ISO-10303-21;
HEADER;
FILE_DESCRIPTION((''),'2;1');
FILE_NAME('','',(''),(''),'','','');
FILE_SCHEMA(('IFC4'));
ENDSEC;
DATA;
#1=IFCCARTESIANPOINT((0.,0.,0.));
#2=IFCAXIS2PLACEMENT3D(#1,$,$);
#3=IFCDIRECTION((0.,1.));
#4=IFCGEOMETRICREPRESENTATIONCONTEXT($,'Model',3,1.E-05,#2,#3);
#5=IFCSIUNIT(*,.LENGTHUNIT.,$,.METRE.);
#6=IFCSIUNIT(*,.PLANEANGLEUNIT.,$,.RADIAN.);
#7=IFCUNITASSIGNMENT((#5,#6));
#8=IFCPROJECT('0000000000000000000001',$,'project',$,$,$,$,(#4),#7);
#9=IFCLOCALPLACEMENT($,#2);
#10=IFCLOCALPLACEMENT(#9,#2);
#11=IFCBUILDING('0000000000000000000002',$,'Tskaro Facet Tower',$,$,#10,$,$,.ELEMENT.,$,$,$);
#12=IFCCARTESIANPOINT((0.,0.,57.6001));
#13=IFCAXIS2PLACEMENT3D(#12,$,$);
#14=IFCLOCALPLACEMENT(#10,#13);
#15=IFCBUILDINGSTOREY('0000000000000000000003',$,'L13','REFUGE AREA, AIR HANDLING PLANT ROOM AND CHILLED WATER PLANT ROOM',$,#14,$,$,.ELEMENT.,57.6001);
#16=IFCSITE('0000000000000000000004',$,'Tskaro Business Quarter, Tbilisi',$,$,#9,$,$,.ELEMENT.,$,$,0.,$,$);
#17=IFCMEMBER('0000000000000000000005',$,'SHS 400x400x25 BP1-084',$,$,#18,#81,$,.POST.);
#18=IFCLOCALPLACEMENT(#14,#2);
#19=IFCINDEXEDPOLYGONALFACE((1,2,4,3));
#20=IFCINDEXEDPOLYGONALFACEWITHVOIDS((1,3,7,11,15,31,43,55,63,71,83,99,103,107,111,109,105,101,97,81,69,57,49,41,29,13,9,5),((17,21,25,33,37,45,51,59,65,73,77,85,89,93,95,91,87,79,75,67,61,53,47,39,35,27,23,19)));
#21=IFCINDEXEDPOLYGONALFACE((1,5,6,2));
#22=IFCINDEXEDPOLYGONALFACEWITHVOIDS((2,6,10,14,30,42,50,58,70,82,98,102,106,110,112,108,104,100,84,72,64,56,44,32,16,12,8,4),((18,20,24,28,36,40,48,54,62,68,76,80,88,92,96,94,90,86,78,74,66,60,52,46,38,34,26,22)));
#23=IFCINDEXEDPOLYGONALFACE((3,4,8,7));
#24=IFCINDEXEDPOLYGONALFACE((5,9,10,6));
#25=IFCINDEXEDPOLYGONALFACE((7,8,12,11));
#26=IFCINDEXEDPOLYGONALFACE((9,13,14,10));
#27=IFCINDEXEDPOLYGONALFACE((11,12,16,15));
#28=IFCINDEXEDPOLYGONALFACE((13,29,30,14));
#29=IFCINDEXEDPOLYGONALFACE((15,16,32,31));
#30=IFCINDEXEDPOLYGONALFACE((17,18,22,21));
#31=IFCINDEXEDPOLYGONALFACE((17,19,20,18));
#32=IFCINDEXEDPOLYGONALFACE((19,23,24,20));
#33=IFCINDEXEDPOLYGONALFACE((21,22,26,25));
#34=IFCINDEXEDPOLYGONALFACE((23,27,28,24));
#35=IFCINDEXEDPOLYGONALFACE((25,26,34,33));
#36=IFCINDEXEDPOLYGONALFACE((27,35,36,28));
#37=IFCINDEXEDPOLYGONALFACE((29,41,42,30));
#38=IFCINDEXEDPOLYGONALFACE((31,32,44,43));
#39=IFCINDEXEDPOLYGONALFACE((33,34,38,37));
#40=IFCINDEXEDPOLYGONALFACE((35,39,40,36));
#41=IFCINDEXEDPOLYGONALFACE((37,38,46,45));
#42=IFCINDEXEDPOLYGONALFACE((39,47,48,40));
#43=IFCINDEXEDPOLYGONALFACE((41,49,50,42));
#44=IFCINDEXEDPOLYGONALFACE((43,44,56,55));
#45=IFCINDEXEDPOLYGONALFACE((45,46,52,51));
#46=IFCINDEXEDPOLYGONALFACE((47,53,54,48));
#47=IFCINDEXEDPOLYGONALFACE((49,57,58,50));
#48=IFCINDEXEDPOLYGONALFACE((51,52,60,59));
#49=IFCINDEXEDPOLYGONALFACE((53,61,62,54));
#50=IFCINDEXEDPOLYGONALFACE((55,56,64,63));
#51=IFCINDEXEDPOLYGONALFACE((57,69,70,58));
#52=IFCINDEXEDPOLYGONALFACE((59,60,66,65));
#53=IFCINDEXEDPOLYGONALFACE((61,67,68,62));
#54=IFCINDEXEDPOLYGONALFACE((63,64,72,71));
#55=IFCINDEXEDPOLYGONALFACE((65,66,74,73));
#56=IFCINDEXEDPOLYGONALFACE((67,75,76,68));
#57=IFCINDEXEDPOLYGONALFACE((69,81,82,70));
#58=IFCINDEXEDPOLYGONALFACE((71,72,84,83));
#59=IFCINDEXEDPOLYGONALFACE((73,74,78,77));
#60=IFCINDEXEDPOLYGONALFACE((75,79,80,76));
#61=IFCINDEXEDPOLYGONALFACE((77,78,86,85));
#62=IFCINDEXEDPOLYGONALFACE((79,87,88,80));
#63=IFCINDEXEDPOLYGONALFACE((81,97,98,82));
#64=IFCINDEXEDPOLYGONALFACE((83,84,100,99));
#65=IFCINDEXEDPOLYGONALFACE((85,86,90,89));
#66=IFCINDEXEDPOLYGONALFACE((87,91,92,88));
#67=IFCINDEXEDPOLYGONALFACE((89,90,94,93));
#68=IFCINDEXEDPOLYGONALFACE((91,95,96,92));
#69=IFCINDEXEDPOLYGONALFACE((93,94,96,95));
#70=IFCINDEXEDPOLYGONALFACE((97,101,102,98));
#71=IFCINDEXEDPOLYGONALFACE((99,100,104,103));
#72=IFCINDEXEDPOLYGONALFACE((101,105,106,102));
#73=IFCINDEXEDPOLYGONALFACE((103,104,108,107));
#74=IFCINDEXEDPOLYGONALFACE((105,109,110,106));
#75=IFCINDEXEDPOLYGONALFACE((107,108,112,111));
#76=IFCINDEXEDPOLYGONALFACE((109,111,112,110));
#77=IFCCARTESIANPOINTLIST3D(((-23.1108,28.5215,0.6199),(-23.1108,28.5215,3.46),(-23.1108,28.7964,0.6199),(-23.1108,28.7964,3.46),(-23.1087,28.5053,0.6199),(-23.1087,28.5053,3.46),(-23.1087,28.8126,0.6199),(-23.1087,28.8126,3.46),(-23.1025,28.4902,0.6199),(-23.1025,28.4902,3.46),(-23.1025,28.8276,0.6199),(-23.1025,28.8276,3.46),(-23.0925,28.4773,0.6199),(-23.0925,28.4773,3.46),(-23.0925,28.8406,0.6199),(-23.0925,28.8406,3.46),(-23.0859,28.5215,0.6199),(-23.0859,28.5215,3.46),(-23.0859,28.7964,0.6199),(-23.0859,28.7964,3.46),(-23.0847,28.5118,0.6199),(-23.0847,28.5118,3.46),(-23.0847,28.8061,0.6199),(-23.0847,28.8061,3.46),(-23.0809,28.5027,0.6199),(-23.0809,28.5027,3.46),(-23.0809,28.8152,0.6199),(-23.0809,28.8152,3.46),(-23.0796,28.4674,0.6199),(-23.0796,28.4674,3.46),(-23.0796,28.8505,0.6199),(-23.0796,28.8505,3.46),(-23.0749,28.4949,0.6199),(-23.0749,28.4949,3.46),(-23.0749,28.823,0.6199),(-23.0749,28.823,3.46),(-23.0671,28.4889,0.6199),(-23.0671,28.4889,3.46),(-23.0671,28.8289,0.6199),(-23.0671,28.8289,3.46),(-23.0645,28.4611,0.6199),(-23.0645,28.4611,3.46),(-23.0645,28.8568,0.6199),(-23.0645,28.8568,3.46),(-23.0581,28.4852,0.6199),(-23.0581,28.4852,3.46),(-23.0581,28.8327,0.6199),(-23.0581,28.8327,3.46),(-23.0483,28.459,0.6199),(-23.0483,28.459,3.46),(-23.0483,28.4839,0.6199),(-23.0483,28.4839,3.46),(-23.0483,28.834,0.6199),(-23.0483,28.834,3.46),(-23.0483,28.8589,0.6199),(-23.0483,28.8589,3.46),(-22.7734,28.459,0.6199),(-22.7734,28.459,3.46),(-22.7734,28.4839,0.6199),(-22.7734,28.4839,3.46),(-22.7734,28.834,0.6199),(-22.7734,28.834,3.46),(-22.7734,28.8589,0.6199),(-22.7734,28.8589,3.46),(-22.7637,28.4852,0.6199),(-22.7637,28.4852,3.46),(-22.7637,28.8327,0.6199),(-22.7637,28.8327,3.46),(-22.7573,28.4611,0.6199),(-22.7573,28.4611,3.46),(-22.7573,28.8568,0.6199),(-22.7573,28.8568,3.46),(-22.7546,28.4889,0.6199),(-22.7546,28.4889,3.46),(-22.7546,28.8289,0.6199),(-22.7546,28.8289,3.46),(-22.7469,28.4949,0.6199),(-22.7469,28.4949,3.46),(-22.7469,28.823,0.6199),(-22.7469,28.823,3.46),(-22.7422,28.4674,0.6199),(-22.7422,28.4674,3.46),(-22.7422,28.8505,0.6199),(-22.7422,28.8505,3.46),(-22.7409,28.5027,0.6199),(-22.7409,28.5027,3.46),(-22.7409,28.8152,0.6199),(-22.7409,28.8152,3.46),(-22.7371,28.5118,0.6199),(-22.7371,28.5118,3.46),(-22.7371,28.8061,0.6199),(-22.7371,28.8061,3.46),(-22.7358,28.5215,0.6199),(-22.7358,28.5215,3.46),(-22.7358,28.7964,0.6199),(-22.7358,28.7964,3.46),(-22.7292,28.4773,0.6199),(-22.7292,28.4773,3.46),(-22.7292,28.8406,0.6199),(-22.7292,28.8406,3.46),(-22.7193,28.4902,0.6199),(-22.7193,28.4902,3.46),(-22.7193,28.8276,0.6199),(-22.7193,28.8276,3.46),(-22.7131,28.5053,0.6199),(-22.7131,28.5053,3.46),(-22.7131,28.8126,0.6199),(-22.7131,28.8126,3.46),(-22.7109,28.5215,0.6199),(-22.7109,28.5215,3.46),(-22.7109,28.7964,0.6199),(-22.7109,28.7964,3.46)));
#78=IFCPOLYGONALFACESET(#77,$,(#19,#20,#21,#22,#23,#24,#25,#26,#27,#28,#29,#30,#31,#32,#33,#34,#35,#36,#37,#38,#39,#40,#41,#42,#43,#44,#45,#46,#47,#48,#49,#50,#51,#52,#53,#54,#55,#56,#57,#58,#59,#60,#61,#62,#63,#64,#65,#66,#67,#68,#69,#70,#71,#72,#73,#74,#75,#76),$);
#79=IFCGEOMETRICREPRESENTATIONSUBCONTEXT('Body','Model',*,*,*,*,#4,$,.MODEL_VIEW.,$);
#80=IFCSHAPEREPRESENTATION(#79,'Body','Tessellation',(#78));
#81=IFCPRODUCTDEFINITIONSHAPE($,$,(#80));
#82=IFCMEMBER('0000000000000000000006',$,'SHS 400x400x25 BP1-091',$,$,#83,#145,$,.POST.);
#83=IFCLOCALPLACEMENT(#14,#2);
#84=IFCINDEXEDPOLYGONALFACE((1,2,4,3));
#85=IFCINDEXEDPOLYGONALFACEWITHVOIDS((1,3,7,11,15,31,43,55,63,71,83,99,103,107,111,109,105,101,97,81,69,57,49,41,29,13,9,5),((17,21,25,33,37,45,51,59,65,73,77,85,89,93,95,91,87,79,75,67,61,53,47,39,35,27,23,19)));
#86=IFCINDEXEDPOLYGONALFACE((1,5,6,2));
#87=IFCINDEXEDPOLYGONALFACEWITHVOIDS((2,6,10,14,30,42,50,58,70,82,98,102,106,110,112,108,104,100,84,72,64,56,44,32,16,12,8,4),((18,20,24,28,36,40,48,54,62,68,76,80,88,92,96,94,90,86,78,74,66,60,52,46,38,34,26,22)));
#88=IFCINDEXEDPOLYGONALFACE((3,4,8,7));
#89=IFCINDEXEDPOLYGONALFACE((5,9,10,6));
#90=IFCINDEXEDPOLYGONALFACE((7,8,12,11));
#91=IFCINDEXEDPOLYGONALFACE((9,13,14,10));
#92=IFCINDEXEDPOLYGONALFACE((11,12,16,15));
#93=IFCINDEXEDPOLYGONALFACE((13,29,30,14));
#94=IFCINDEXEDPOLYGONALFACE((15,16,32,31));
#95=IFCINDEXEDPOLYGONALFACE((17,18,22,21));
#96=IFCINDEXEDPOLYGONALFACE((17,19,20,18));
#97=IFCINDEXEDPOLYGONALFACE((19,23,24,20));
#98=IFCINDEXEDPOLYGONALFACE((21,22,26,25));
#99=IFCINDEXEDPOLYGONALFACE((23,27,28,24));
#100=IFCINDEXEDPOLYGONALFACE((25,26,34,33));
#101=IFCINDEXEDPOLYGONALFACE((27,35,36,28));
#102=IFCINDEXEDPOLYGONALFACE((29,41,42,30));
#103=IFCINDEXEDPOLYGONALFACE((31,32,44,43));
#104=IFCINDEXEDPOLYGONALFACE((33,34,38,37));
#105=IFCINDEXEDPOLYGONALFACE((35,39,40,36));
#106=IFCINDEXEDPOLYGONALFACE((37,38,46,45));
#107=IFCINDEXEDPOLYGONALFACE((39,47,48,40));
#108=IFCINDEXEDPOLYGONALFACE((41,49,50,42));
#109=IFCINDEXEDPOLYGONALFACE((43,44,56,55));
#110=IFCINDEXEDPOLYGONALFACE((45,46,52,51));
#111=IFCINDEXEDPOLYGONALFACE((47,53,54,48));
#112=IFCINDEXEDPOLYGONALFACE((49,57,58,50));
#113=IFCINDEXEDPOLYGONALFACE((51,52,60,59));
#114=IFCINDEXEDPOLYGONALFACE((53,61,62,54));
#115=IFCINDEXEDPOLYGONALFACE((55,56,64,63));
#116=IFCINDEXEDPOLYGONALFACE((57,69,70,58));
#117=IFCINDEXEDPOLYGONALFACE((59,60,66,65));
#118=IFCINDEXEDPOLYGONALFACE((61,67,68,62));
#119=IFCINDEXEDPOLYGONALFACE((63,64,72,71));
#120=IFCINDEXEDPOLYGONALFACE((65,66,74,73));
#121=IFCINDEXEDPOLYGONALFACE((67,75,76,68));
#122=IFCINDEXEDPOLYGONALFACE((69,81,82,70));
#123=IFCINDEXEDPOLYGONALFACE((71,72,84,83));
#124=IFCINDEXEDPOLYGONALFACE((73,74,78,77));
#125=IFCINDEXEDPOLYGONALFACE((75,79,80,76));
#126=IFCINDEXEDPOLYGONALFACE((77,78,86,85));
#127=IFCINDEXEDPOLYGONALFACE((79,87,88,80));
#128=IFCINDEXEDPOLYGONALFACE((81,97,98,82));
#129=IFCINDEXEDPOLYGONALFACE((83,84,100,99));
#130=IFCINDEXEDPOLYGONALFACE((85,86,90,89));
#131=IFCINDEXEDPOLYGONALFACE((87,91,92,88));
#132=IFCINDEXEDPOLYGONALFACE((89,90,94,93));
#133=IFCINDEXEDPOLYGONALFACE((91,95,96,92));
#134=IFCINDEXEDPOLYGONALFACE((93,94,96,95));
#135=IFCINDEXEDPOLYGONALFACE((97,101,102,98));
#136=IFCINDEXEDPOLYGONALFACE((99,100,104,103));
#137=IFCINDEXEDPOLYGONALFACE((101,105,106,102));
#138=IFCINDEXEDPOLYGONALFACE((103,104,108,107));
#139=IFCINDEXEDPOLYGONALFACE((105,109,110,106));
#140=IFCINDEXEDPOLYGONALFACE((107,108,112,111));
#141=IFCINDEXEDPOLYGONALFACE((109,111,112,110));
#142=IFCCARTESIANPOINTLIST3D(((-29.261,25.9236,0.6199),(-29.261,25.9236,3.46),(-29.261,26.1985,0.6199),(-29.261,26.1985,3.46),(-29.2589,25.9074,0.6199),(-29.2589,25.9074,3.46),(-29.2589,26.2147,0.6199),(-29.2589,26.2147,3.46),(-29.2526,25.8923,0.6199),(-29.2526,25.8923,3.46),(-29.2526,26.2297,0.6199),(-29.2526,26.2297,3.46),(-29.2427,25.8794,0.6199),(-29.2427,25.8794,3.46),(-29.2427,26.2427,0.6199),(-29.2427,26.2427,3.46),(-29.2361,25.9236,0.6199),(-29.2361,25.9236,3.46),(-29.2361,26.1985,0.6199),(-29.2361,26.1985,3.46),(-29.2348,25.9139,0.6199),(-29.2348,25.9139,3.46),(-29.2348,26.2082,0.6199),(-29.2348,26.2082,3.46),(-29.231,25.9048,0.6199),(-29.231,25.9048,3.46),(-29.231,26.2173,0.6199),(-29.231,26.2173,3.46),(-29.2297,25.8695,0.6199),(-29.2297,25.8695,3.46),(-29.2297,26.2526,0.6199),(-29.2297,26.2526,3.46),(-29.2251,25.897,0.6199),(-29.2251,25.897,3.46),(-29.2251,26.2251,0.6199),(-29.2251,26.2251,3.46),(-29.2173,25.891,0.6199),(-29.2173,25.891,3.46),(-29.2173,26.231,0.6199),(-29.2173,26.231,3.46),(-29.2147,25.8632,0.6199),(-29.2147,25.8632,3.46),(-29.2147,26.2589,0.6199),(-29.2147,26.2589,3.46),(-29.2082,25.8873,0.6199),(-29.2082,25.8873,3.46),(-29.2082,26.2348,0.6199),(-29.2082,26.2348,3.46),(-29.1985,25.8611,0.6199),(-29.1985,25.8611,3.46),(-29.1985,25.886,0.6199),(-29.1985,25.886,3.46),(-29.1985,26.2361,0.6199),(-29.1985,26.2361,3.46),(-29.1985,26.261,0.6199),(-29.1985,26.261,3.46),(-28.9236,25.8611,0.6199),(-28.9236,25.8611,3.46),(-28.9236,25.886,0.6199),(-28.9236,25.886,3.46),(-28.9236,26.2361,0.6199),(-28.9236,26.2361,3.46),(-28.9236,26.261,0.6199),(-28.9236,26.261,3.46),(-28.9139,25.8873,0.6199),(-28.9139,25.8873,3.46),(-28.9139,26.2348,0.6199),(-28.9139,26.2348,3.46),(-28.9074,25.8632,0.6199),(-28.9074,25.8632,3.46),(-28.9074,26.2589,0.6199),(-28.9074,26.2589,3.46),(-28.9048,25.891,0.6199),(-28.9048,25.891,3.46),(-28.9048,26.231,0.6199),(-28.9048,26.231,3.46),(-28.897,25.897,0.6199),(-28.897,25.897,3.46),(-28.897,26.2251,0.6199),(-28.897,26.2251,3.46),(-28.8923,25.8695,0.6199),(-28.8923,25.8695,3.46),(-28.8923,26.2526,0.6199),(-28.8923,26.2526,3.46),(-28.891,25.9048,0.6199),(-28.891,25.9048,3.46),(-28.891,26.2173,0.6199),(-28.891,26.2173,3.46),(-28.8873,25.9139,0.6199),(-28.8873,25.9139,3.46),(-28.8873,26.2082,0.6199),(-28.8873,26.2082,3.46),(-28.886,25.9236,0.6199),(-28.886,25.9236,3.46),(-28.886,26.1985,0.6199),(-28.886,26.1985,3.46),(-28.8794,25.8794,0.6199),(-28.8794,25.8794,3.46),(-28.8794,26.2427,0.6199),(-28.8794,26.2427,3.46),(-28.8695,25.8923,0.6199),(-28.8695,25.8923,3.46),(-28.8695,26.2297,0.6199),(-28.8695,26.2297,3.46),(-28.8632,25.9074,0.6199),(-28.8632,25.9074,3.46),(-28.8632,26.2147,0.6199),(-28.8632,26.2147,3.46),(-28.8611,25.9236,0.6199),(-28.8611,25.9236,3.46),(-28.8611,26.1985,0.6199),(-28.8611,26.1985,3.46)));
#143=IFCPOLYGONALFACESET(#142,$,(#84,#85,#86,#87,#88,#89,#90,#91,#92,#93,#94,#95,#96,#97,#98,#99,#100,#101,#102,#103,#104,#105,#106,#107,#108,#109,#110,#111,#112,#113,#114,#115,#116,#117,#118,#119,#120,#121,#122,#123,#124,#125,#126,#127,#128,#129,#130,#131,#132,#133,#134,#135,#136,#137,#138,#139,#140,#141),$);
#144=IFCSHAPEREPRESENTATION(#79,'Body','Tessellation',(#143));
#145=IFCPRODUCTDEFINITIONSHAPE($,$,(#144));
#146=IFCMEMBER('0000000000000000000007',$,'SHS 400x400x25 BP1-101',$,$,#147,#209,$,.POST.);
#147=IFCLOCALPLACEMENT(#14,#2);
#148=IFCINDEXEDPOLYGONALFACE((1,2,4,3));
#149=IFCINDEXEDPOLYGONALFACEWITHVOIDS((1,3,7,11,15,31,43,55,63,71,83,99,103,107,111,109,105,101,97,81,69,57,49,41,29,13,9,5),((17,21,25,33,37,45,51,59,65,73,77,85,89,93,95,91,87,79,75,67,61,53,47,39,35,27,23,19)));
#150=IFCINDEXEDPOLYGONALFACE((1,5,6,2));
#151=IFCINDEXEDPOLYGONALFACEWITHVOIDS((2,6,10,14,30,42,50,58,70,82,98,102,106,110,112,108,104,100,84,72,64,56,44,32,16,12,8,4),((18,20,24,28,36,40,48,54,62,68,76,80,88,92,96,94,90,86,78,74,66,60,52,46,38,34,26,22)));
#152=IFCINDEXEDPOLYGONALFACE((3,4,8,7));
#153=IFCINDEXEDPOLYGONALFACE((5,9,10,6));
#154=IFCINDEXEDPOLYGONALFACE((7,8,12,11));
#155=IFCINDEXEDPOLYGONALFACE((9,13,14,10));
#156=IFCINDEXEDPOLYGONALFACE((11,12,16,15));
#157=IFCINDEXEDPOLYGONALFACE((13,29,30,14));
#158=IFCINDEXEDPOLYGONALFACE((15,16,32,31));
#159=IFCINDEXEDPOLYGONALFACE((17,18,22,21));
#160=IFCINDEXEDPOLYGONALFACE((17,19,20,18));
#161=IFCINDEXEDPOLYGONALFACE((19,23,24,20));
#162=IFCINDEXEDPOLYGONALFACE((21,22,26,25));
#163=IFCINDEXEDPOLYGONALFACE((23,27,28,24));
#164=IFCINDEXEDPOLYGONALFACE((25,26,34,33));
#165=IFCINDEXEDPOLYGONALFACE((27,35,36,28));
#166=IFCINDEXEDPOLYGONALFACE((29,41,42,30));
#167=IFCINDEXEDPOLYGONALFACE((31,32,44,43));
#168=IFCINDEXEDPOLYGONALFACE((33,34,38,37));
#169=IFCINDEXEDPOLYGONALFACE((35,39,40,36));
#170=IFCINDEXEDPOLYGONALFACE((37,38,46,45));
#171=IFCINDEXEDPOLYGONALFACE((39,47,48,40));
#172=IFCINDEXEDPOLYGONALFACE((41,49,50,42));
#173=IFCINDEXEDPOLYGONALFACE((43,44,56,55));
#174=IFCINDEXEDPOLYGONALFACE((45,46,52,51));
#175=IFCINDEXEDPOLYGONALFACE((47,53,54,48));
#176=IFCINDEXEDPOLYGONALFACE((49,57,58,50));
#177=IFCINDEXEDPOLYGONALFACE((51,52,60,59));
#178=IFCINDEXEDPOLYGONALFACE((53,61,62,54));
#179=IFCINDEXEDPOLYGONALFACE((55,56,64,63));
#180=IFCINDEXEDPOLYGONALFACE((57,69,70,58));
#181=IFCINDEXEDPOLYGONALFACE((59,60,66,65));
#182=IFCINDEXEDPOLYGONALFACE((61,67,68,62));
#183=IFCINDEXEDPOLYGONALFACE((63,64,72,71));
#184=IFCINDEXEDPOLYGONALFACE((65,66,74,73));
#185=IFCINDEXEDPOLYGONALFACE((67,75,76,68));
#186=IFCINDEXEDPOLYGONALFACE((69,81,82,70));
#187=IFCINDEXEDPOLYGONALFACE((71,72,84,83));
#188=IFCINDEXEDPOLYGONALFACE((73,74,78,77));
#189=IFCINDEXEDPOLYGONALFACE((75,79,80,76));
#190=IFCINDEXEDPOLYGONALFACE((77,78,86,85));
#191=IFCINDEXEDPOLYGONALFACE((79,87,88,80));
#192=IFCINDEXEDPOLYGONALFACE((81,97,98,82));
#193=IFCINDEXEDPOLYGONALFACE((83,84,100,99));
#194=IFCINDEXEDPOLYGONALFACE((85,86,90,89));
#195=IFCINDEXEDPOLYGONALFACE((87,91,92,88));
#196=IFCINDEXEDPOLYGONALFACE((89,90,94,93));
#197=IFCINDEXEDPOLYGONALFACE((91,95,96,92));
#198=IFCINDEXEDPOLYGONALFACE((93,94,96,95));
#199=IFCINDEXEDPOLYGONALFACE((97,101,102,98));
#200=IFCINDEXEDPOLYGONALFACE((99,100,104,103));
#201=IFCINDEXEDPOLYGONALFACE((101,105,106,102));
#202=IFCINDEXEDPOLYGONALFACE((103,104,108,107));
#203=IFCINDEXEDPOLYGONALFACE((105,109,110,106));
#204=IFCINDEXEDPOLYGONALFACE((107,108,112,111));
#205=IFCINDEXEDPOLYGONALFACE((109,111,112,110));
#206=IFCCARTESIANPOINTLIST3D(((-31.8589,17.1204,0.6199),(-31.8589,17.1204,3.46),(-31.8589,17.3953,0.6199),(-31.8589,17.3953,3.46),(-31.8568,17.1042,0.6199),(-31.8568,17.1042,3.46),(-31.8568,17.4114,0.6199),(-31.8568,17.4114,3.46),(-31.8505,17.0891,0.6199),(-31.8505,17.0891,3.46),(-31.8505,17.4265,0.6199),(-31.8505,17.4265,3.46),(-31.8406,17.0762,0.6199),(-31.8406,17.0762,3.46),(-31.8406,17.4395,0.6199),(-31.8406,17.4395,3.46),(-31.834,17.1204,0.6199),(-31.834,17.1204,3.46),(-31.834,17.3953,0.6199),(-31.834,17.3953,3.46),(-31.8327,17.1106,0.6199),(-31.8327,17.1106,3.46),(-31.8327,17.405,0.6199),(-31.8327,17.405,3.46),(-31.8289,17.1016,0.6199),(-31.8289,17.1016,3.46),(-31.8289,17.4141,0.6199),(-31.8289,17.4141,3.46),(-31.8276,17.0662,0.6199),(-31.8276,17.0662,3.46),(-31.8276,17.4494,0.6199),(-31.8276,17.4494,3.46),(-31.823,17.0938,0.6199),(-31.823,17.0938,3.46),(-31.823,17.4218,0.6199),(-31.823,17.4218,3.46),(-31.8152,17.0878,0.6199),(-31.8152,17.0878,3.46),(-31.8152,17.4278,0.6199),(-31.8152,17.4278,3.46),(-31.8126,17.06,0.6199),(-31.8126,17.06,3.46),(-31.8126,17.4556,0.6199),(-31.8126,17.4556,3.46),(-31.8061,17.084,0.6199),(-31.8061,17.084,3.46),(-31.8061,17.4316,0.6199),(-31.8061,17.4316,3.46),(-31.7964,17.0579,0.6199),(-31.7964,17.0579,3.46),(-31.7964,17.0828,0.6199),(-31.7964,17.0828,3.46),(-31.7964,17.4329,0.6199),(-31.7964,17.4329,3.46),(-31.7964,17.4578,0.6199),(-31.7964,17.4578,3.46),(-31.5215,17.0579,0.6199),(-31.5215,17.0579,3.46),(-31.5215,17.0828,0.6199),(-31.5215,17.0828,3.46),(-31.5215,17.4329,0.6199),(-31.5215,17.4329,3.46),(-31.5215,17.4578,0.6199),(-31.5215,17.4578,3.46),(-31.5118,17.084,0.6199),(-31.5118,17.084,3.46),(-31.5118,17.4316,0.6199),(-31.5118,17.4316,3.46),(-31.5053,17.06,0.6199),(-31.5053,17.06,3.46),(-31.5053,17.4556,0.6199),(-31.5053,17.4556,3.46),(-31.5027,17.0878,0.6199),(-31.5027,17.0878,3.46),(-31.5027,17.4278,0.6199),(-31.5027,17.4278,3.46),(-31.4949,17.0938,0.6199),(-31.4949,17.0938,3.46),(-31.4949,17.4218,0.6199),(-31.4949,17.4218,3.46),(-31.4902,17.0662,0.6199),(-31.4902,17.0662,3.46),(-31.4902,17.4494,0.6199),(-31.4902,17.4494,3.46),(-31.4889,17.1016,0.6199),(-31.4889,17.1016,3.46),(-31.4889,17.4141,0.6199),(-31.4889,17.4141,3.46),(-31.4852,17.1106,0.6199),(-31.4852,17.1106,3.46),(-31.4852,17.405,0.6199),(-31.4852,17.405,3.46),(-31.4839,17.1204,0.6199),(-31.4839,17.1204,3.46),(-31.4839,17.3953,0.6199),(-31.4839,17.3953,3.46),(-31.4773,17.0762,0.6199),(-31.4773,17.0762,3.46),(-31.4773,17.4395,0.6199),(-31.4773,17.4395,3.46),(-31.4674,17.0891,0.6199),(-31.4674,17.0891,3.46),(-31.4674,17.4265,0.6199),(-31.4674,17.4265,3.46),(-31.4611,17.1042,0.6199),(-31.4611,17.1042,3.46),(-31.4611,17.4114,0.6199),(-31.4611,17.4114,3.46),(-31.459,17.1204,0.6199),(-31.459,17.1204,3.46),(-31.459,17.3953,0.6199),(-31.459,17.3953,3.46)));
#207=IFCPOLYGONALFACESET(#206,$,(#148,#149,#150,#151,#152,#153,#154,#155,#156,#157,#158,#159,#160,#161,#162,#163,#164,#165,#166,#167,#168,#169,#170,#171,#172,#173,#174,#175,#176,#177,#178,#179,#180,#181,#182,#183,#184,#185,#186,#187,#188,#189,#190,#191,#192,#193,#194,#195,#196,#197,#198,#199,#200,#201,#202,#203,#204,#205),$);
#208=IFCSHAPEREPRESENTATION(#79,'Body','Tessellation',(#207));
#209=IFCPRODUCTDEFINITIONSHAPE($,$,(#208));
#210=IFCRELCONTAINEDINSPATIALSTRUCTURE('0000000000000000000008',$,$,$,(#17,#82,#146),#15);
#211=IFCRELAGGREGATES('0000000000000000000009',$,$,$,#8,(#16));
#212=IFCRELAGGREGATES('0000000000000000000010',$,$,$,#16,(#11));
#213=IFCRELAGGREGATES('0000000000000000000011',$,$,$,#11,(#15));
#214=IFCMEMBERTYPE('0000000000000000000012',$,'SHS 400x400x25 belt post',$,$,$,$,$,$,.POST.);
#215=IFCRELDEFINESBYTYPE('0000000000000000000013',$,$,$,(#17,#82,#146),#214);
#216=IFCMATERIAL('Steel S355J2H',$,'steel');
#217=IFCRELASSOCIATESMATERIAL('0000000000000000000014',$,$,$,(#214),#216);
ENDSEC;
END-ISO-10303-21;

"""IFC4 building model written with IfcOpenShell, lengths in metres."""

from ifc_helpers import new_model, si_unit, direction, frame, origin, origin_2d, place, context, subcontext, project, spatial, hollow_rectangle, extrude, material, material_profile, profile_set, type_object, element, save


model = new_model("IFC4")

# Units and contexts
model_context = context("Model", 3, precision=1e-05, world=origin(), true_north=direction((0.0, 1.0)))
body_context = subcontext(model_context, "Body", "Model", "MODEL_VIEW")
ifc_project = project(units=[si_unit("LENGTHUNIT", "METRE"), si_unit("PLANEANGLEUNIT", "RADIAN")], contexts=[model_context])

# Site, building, storey
site_placement = place(None, origin())
site = spatial("IfcSite", under=ifc_project, at=site_placement, Name="Tskaro Business Quarter, Tbilisi", CompositionType="ELEMENT", RefElevation=0.0)
building_placement = place(site_placement, origin())
building = spatial("IfcBuilding", under=site, at=building_placement, Name="Tskaro Facet Tower", CompositionType="ELEMENT")
storey_placement = place(building_placement, frame((0.0, 0.0, 57.6001)))
storey = spatial("IfcBuildingStorey", under=building, at=storey_placement, Name="L13", Description="REFUGE AREA, AIR HANDLING PLANT ROOM AND CHILLED WATER PLANT ROOM", CompositionType="ELEMENT", Elevation=57.6001)

# Shared definitions
ifc_material_1 = material(Name="Steel S355J2H", Category="steel")

# Members
ifc_material_profile_1 = material_profile(ifc_material_1, hollow_rectangle(XDim=0.3999, YDim=0.3999, WallThickness=0.0249, InnerFilletRadius=0.0376, OuterFilletRadius=0.0625, at=origin_2d()), Name="SHS 400x400x25")
ifc_profile_set_1 = profile_set([ifc_material_profile_1], Name="Steel S355J2H")
member_type_1 = type_object("IfcMemberType", Name="SHS 400x400x25 belt post", PredefinedType="POST", material=ifc_profile_set_1)
for number, where, z_axis, x_axis, name in (
    (1, (-22.9109, 28.6589, 0.6199), (0.0, 0.0, 1.0), (1.0, 0.0, 0.0), "SHS 400x400x25 BP1-084"),
    (2, (-29.061, 26.061, 0.6199), (0.0, 0.0, 1.0), (1.0, 0.0, 0.0), "SHS 400x400x25 BP1-091"),
    (3, (-31.6589, 17.2578, 0.6199), (0.0, 0.0, 1.0), (1.0, 0.0, 0.0), "SHS 400x400x25 BP1-101"),
):
    element("IfcMember", number, at=place(storey_placement, frame(where, z_axis=z_axis, x_axis=x_axis)), inside=storey, type_object=member_type_1, Name=name, PredefinedType="POST", context=body_context, shape_type="SweptSolid", body=[
        extrude(hollow_rectangle(XDim=0.3999, YDim=0.3999, WallThickness=0.0249, InnerFilletRadius=0.0376, OuterFilletRadius=0.0625, at=origin_2d()), origin(), (0.0, 0.0, 1.0), 2.8401),
    ])

save(model, "model.ifc")
